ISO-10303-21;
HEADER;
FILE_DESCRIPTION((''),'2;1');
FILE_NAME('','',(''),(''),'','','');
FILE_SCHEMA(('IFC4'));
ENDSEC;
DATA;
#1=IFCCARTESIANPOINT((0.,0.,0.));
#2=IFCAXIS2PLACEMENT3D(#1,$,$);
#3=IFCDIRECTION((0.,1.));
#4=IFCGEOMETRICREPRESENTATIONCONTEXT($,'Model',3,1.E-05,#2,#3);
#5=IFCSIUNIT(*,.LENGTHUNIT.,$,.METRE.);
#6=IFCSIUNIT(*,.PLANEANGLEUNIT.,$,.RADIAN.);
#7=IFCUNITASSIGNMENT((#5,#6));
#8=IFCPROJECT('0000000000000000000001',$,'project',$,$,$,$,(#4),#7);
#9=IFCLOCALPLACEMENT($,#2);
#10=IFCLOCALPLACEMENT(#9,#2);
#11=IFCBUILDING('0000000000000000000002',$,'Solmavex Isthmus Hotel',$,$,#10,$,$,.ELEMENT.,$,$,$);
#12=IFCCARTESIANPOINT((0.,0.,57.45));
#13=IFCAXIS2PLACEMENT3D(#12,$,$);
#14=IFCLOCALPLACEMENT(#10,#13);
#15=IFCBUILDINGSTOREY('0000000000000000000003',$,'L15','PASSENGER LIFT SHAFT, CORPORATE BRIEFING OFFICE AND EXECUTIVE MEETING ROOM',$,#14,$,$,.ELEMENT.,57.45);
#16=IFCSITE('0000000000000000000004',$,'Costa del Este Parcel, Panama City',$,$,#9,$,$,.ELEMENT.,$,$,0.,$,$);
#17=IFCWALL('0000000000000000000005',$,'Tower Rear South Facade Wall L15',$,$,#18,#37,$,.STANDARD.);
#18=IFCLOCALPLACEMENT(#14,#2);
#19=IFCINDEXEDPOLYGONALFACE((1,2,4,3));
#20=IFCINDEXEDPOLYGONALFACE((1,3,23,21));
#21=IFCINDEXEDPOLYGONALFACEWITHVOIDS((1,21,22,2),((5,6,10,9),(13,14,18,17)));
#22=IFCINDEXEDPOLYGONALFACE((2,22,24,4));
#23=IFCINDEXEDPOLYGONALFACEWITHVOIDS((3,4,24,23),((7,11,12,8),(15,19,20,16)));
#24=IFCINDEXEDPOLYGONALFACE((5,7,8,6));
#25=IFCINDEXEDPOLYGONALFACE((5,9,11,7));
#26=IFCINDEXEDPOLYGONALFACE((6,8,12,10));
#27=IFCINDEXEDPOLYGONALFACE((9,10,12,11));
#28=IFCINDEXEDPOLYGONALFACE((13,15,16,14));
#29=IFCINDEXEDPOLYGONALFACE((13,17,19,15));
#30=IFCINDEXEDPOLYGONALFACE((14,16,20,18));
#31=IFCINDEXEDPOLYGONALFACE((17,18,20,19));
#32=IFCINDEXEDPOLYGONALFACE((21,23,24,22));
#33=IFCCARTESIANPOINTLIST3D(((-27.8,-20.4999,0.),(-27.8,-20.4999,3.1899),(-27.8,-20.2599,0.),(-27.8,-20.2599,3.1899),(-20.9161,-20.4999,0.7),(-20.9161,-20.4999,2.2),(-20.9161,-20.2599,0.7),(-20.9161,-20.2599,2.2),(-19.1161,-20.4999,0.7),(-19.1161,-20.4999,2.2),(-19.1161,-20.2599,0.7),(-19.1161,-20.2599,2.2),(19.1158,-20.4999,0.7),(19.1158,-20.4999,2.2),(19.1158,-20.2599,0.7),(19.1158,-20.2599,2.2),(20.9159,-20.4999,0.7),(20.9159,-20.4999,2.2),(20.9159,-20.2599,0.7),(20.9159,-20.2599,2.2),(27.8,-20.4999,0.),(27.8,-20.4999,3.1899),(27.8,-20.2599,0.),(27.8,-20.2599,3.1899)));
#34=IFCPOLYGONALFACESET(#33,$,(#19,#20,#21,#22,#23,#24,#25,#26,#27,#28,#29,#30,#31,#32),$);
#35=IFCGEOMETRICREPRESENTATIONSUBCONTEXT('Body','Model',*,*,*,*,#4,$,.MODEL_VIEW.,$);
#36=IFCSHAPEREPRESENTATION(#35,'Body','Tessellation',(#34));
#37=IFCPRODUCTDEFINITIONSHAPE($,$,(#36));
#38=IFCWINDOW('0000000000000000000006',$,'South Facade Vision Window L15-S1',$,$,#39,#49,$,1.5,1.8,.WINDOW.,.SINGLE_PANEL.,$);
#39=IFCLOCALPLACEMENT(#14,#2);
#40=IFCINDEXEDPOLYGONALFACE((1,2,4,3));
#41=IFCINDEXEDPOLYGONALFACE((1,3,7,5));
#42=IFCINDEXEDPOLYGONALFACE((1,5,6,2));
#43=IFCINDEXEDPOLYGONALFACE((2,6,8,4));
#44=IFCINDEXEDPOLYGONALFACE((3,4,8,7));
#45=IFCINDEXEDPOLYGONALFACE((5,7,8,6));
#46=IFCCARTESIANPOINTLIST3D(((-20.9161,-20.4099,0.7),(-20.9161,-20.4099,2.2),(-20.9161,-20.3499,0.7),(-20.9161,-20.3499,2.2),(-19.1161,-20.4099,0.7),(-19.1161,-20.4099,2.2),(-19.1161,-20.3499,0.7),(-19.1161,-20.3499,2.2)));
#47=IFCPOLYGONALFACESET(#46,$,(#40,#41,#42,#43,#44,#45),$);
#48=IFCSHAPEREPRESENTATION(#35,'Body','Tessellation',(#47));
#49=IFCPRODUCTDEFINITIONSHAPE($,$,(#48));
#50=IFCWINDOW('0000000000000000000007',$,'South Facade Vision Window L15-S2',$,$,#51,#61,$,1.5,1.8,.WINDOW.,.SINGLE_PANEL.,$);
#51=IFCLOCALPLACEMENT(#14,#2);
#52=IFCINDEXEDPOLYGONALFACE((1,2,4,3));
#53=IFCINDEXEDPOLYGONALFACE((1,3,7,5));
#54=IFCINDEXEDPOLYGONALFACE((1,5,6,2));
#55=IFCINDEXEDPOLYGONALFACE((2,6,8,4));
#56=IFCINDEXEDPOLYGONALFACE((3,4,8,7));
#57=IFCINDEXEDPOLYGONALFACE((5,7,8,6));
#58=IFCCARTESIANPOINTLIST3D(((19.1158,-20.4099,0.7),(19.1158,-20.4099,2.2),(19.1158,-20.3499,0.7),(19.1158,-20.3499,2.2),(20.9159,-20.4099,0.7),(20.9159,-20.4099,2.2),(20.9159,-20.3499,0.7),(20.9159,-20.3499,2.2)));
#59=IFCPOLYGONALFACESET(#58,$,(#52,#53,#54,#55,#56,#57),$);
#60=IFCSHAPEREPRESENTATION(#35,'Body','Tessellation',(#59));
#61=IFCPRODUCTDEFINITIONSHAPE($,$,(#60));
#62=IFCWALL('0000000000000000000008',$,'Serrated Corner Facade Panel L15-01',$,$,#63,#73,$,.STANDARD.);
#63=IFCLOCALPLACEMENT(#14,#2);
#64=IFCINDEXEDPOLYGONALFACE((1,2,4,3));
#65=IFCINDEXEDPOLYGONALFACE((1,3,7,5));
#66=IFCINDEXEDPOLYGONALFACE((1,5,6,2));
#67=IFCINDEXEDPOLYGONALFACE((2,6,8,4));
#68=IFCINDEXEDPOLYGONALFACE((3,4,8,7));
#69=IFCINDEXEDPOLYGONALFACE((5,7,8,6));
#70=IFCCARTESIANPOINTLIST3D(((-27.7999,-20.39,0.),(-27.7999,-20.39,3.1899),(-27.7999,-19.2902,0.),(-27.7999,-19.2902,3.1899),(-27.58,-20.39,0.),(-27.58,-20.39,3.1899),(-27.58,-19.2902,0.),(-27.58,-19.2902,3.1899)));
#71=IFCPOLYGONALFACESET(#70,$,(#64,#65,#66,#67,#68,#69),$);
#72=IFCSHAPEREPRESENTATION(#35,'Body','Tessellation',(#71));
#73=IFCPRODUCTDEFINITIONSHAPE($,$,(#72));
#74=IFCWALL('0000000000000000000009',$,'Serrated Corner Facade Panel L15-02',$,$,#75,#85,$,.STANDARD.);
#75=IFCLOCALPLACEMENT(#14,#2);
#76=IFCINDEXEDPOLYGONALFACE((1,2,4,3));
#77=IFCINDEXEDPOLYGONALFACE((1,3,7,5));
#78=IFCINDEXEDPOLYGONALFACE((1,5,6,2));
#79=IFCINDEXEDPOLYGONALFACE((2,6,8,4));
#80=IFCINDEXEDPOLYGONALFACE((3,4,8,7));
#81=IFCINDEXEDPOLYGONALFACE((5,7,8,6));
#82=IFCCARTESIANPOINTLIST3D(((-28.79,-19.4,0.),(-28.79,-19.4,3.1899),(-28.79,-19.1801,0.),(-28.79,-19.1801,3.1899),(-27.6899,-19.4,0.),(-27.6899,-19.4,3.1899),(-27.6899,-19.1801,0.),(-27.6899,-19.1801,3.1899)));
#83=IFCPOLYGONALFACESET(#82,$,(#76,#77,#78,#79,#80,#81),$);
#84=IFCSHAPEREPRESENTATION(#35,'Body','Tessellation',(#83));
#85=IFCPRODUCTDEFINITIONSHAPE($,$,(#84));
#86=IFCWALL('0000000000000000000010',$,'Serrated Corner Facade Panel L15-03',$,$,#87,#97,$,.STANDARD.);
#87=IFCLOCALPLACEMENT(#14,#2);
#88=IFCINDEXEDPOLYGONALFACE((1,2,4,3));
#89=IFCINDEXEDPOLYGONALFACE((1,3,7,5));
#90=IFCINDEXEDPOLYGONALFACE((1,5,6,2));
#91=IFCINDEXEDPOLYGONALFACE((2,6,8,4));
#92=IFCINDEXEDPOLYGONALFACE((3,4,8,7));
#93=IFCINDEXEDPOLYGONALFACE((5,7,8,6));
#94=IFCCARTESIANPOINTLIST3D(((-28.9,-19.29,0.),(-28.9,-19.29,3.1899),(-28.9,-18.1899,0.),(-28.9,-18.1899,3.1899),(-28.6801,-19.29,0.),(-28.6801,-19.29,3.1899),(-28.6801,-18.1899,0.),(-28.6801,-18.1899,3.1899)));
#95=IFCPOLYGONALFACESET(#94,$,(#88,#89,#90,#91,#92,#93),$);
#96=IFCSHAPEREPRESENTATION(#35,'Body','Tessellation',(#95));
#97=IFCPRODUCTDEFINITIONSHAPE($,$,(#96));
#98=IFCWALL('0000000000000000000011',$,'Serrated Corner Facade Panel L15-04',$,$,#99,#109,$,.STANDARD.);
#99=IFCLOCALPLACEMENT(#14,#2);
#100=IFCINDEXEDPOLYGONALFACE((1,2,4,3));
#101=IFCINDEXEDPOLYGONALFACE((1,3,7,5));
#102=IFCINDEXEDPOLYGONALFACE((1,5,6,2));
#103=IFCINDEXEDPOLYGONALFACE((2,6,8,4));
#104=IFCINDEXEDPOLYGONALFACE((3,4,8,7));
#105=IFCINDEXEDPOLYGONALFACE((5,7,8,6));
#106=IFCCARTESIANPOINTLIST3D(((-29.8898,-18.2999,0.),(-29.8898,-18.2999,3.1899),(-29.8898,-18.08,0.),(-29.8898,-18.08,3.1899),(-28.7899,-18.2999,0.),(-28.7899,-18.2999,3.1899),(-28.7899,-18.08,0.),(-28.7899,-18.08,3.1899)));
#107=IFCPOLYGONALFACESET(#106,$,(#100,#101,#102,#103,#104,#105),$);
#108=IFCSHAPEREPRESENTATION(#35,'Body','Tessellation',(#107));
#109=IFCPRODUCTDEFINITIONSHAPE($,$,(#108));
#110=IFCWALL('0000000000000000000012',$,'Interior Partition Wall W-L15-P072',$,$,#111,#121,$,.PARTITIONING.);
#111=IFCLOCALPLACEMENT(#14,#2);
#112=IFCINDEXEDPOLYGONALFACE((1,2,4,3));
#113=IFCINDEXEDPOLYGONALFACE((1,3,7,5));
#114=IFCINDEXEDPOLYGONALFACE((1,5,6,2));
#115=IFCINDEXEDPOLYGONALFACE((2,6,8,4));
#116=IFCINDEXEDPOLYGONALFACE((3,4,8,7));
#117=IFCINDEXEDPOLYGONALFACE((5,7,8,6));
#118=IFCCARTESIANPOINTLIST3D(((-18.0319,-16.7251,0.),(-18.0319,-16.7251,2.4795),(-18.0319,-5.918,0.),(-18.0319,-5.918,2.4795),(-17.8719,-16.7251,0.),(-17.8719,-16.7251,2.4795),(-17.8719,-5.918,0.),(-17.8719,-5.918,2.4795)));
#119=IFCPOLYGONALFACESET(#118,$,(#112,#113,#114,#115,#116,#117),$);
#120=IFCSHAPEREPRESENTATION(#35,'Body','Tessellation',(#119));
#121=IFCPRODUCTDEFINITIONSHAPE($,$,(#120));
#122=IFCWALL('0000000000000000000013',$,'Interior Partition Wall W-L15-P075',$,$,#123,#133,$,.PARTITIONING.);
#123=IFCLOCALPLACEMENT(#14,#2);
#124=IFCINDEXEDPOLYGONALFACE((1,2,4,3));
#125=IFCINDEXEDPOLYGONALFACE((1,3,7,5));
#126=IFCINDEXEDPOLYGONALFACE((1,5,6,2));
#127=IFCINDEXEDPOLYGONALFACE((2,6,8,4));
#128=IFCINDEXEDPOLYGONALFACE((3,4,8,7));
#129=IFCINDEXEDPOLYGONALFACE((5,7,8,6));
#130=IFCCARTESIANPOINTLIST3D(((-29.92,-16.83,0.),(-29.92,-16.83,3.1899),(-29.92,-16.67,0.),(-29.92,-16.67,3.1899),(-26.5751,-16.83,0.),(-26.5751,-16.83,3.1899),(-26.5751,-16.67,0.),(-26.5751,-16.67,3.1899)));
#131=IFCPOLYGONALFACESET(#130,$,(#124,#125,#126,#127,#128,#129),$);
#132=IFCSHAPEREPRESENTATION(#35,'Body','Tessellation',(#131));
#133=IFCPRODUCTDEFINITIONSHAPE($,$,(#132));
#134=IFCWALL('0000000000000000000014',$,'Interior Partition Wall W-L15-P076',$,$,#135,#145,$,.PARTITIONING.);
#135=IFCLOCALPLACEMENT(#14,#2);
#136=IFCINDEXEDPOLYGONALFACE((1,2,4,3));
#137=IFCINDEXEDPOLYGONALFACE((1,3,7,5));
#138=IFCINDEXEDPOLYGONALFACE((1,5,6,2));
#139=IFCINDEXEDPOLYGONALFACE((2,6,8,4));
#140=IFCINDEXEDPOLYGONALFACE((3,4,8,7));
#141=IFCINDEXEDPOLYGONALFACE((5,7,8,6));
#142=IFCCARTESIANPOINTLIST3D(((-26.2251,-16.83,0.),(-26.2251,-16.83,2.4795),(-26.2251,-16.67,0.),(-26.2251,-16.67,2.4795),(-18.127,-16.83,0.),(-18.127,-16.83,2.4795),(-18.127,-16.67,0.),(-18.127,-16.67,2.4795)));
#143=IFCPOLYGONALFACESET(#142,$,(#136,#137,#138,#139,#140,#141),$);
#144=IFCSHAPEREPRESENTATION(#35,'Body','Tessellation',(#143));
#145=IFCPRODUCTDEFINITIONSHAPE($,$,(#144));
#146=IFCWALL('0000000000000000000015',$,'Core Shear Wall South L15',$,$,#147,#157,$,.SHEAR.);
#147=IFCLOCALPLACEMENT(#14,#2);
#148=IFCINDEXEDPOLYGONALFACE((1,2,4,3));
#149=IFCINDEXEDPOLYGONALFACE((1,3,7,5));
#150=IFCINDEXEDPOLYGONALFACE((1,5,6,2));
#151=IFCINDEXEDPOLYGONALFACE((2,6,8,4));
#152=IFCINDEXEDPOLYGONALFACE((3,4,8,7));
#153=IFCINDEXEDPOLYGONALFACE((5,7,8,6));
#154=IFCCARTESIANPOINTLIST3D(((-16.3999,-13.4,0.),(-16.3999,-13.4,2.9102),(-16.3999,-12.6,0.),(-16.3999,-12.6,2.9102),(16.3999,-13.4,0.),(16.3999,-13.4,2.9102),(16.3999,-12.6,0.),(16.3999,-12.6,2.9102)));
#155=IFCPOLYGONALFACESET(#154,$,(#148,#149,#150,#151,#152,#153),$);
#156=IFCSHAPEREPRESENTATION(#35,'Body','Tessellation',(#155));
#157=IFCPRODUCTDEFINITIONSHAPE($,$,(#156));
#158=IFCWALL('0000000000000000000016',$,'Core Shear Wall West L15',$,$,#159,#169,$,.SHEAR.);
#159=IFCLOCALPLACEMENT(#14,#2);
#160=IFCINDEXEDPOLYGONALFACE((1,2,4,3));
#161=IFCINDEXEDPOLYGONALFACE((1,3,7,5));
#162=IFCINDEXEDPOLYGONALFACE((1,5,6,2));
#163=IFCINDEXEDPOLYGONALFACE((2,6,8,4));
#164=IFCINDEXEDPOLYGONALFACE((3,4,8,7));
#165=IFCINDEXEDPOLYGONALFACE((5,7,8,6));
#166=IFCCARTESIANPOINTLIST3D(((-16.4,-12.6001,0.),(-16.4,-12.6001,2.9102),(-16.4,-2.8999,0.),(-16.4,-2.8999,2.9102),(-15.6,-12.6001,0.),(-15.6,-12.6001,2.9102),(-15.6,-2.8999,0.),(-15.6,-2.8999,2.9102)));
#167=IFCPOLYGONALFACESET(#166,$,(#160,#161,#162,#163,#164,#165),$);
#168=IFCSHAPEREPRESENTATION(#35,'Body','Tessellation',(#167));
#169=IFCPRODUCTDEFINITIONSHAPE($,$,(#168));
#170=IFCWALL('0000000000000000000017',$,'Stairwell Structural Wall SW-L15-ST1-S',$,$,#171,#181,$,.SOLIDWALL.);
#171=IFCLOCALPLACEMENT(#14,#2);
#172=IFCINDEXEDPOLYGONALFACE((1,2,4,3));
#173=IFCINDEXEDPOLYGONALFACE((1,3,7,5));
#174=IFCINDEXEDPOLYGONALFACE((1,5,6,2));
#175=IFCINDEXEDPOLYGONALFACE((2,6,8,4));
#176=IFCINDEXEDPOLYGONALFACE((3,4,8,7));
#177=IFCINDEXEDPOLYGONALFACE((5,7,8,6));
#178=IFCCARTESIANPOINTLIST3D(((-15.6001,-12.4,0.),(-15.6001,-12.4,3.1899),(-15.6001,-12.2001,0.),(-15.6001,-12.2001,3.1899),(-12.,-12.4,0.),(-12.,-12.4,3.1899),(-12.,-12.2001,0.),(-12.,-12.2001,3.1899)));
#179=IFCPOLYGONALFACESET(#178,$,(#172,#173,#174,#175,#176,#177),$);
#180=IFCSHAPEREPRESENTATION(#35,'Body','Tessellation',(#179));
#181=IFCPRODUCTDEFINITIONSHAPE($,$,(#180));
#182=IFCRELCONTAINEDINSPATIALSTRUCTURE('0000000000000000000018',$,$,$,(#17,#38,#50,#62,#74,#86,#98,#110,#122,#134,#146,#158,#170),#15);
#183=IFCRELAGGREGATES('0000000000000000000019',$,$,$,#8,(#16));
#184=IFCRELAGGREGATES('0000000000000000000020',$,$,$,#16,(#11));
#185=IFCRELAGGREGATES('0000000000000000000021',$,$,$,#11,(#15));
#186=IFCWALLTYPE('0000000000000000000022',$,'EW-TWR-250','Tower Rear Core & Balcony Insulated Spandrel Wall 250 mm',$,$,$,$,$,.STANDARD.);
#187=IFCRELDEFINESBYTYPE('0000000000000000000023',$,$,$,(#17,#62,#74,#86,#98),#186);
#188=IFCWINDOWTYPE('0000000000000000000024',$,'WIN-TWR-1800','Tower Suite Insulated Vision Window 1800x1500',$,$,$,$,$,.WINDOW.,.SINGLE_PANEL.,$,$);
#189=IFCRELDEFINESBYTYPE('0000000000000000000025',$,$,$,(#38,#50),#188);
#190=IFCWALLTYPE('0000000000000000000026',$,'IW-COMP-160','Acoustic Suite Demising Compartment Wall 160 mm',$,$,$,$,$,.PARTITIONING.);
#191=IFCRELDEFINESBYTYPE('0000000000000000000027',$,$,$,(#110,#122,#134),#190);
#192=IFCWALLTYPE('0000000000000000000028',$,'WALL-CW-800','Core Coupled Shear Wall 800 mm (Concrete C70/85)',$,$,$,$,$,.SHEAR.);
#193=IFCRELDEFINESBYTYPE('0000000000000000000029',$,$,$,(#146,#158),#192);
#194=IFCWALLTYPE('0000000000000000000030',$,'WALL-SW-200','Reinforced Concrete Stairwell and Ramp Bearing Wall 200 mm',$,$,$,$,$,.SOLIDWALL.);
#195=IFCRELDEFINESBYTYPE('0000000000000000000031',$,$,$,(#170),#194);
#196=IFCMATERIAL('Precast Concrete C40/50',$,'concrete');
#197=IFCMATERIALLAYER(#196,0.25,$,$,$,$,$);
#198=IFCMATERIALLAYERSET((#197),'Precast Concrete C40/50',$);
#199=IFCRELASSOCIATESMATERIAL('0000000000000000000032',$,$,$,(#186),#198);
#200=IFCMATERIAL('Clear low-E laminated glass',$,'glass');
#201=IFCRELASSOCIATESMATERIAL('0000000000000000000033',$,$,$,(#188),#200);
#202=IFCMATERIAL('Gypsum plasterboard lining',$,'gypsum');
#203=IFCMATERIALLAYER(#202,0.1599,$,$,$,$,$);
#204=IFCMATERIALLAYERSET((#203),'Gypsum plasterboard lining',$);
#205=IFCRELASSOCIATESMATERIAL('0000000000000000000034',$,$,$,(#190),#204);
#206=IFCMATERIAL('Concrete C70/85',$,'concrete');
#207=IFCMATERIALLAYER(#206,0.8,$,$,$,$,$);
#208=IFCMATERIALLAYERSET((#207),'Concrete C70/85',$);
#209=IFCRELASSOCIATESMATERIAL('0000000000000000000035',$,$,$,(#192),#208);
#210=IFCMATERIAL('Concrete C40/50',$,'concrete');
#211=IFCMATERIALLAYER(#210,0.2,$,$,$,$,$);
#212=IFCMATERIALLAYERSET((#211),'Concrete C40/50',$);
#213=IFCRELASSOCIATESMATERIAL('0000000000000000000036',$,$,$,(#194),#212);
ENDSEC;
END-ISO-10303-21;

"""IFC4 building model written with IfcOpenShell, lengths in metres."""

from ifc_helpers import new_model, si_unit, direction, frame, frame_2d, origin, place, context, subcontext, project, spatial, rectangle, extrude, material, layer, layer_set, type_object, element, fill, save


model = new_model("IFC4")

# Units and contexts
model_context = context("Model", 3, precision=1e-05, world=origin(), true_north=direction((0.0, 1.0)))
body_context = subcontext(model_context, "Body", "Model", "MODEL_VIEW")
ifc_project = project(units=[si_unit("LENGTHUNIT", "METRE"), si_unit("PLANEANGLEUNIT", "RADIAN")], contexts=[model_context])

# Site, building, storey
site_placement = place(None, origin())
site = spatial("IfcSite", under=ifc_project, at=site_placement, Name="Costa del Este Parcel, Panama City", CompositionType="ELEMENT", RefElevation=0.0)
building_placement = place(site_placement, origin())
building = spatial("IfcBuilding", under=site, at=building_placement, Name="Solmavex Isthmus Hotel", CompositionType="ELEMENT")
storey_placement = place(building_placement, frame((0.0, 0.0, 57.45)))
storey = spatial("IfcBuildingStorey", under=building, at=storey_placement, Name="L15", Description="PASSENGER LIFT SHAFT, CORPORATE BRIEFING OFFICE AND EXECUTIVE MEETING ROOM", CompositionType="ELEMENT", Elevation=57.45)

# Shared definitions
ifc_material_1 = material(Name="Concrete C70/85", Category="concrete")

# Shared definitions
ifc_material_2 = material(Name="Clear low-E laminated glass", Category="glass")

# Wall, openings, windows
ifc_material_3 = material(Name="Precast Concrete C40/50", Category="concrete")
ifc_layer_1 = layer(ifc_material_3, 0.25)
ifc_layer_set_1 = layer_set([ifc_layer_1], Name="Precast Concrete C40/50")
wall_type_1 = type_object("IfcWallType", Name="EW-TWR-250", Description="Tower Rear Core & Balcony Insulated Spandrel Wall 250 mm", PredefinedType="STANDARD", material=ifc_layer_set_1)
wall_1_placement = place(storey_placement, frame((-27.8, -20.3799, 0.0), z_axis=(0.0, 0.0, 1.0), x_axis=(1.0, 0.0, 0.0)))
wall_1 = element("IfcWall", 1, at=wall_1_placement, inside=storey, type_object=wall_type_1, Name="Tower Rear South Facade Wall L15", PredefinedType="STANDARD", context=body_context, shape_type="SweptSolid", body=[
    extrude(rectangle(XDim=55.6001, YDim=0.24, at=frame_2d((27.8, 0.0))), origin(), (0.0, 0.0, 1.0), 3.1899),
])
opening_1_placement = place(wall_1_placement, frame((6.884, 0.0, 0.7)))
opening_1 = element("IfcOpeningElement", 2, at=opening_1_placement, cuts=wall_1, PredefinedType="OPENING", context=body_context, shape_type="SweptSolid", body=[
    extrude(rectangle(XDim=1.8, YDim=1.5, at=frame_2d((0.8999, 0.75))), frame((0.0, 0.1299, 0.0), z_axis=(0.0, -1.0, 0.0), x_axis=(1.0, 0.0, 0.0)), (0.0, 0.0, 1.0), 0.26),
])
opening_2_placement = place(wall_1_placement, frame((46.916, 0.0, 0.7)))
opening_2 = element("IfcOpeningElement", 3, at=opening_2_placement, cuts=wall_1, PredefinedType="OPENING", context=body_context, shape_type="SweptSolid", body=[
    extrude(rectangle(XDim=1.8, YDim=1.5, at=frame_2d((0.8999, 0.75))), frame((0.0, 0.1299, 0.0), z_axis=(0.0, -1.0, 0.0), x_axis=(1.0, 0.0, 0.0)), (0.0, 0.0, 1.0), 0.26),
])
window_type = type_object("IfcWindowType", Name="WIN-TWR-1800", Description="Tower Suite Insulated Vision Window 1800x1500", PartitioningType="SINGLE_PANEL", PredefinedType="WINDOW", material=ifc_material_2)
window_1_placement = place(opening_1_placement, origin())
window_1 = element("IfcWindow", 4, at=window_1_placement, inside=storey, type_object=window_type, Name="South Facade Vision Window L15-S1", OverallHeight=1.5, OverallWidth=1.8, PartitioningType="SINGLE_PANEL", PredefinedType="WINDOW", context=body_context, shape_type="SweptSolid", body=[
    extrude(rectangle(XDim=1.8, YDim=1.5, at=frame_2d((0.8999, 0.75))), frame((0.0, 0.03, 0.0), z_axis=(0.0, -1.0, 0.0), x_axis=(1.0, 0.0, 0.0)), (0.0, 0.0, 1.0), 0.0601),
])
fill(opening_1, window_1)
window_2_placement = place(opening_2_placement, origin())
window_2 = element("IfcWindow", 5, at=window_2_placement, inside=storey, type_object=window_type, Name="South Facade Vision Window L15-S2", OverallHeight=1.5, OverallWidth=1.8, PartitioningType="SINGLE_PANEL", PredefinedType="WINDOW", context=body_context, shape_type="SweptSolid", body=[
    extrude(rectangle(XDim=1.8, YDim=1.5, at=frame_2d((0.8999, 0.75))), frame((0.0, 0.03, 0.0), z_axis=(0.0, -1.0, 0.0), x_axis=(1.0, 0.0, 0.0)), (0.0, 0.0, 1.0), 0.0601),
])
fill(opening_2, window_2)

# Walls
wall_2_placement = place(storey_placement, frame((-27.6899, -20.3899, 0.0), z_axis=(0.0, 0.0, 1.0), x_axis=(0.0, 1.0, 0.0)))
element("IfcWall", 6, at=wall_2_placement, inside=storey, type_object=wall_type_1, Name="Serrated Corner Facade Panel L15-01", PredefinedType="STANDARD", context=body_context, shape_type="SweptSolid", body=[
    extrude(rectangle(XDim=1.0999, YDim=0.22, at=frame_2d((0.5498, 0.0))), origin(), (0.0, 0.0, 1.0), 3.1899),
])
for number, where, z_axis, x_axis, name in (
    (7, (-27.6899, -19.29, 0.0), (0.0, 0.0, 1.0), (-1.0, 0.0, 0.0), "Serrated Corner Facade Panel L15-02"),
    (8, (-28.79, -19.29, 0.0), (0.0, 0.0, 1.0), (0.0, 1.0, 0.0), "Serrated Corner Facade Panel L15-03"),
):
    element("IfcWall", number, at=place(storey_placement, frame(where, z_axis=z_axis, x_axis=x_axis)), inside=storey, type_object=wall_type_1, Name=name, PredefinedType="STANDARD", context=body_context, shape_type="SweptSolid", body=[
        extrude(rectangle(XDim=1.1001, YDim=0.22, at=frame_2d((0.55, 0.0))), origin(), (0.0, 0.0, 1.0), 3.1899),
    ])
wall_3_placement = place(storey_placement, frame((-28.79, -18.1899, 0.0), z_axis=(0.0, 0.0, 1.0), x_axis=(-1.0, 0.0, 0.0)))
element("IfcWall", 9, at=wall_3_placement, inside=storey, type_object=wall_type_1, Name="Serrated Corner Facade Panel L15-04", PredefinedType="STANDARD", context=body_context, shape_type="SweptSolid", body=[
    extrude(rectangle(XDim=1.0999, YDim=0.22, at=frame_2d((0.5498, 0.0))), origin(), (0.0, 0.0, 1.0), 3.1899),
])
ifc_material_4 = material(Name="Gypsum plasterboard lining", Category="gypsum")
ifc_layer_2 = layer(ifc_material_4, 0.1599)
ifc_layer_set_2 = layer_set([ifc_layer_2], Name="Gypsum plasterboard lining")
wall_type_2 = type_object("IfcWallType", Name="IW-COMP-160", Description="Acoustic Suite Demising Compartment Wall 160 mm", PredefinedType="PARTITIONING", material=ifc_layer_set_2)
wall_4_placement = place(storey_placement, frame((-17.9519, -16.7251, 0.0), z_axis=(0.0, 0.0, 1.0), x_axis=(0.0, 1.0, 0.0)))
element("IfcWall", 10, at=wall_4_placement, inside=storey, type_object=wall_type_2, Name="Interior Partition Wall W-L15-P072", PredefinedType="PARTITIONING", context=body_context, shape_type="SweptSolid", body=[
    extrude(rectangle(XDim=10.8071, YDim=0.1599, at=frame_2d((5.4036, 0.0))), origin(), (0.0, 0.0, 1.0), 2.4795),
])
wall_5_placement = place(storey_placement, frame((-29.9199, -16.75, 0.0), z_axis=(0.0, 0.0, 1.0), x_axis=(1.0, 0.0, 0.0)))
element("IfcWall", 11, at=wall_5_placement, inside=storey, type_object=wall_type_2, Name="Interior Partition Wall W-L15-P075", PredefinedType="PARTITIONING", context=body_context, shape_type="SweptSolid", body=[
    extrude(rectangle(XDim=3.345, YDim=0.1599, at=frame_2d((1.6724, 0.0))), origin(), (0.0, 0.0, 1.0), 3.1899),
])
wall_6_placement = place(storey_placement, frame((-26.2251, -16.75, 0.0), z_axis=(0.0, 0.0, 1.0), x_axis=(1.0, 0.0, 0.0)))
element("IfcWall", 12, at=wall_6_placement, inside=storey, type_object=wall_type_2, Name="Interior Partition Wall W-L15-P076", PredefinedType="PARTITIONING", context=body_context, shape_type="SweptSolid", body=[
    extrude(rectangle(XDim=8.0981, YDim=0.1599, at=frame_2d((4.0491, 0.0))), origin(), (0.0, 0.0, 1.0), 2.4795),
])
ifc_layer_3 = layer(ifc_material_1, 0.8)
ifc_layer_set_3 = layer_set([ifc_layer_3], Name="Concrete C70/85")
wall_type_3 = type_object("IfcWallType", Name="WALL-CW-800", Description="Core Coupled Shear Wall 800 mm (Concrete C70/85)", PredefinedType="SHEAR", material=ifc_layer_set_3)
wall_7_placement = place(storey_placement, frame((-16.3999, -13.0, 0.0), z_axis=(0.0, 0.0, 1.0), x_axis=(1.0, 0.0, 0.0)))
element("IfcWall", 13, at=wall_7_placement, inside=storey, type_object=wall_type_3, Name="Core Shear Wall South L15", PredefinedType="SHEAR", context=body_context, shape_type="SweptSolid", body=[
    extrude(rectangle(XDim=32.7998, YDim=0.8, at=frame_2d((16.3999, 0.0))), origin(), (0.0, 0.0, 1.0), 2.9102),
])
wall_8_placement = place(storey_placement, frame((-16.0, -12.6001, 0.0), z_axis=(0.0, 0.0, 1.0), x_axis=(0.0, 1.0, 0.0)))
element("IfcWall", 14, at=wall_8_placement, inside=storey, type_object=wall_type_3, Name="Core Shear Wall West L15", PredefinedType="SHEAR", context=body_context, shape_type="SweptSolid", body=[
    extrude(rectangle(XDim=9.7002, YDim=0.8, at=frame_2d((4.8501, 0.0))), origin(), (0.0, 0.0, 1.0), 2.9102),
])
ifc_material_5 = material(Name="Concrete C40/50", Category="concrete")
ifc_layer_4 = layer(ifc_material_5, 0.2)
ifc_layer_set_4 = layer_set([ifc_layer_4], Name="Concrete C40/50")
wall_type_4 = type_object("IfcWallType", Name="WALL-SW-200", Description="Reinforced Concrete Stairwell and Ramp Bearing Wall 200 mm", PredefinedType="SOLIDWALL", material=ifc_layer_set_4)
wall_9_placement = place(storey_placement, frame((-15.6001, -12.3, 0.0), z_axis=(0.0, 0.0, 1.0), x_axis=(1.0, 0.0, 0.0)))
element("IfcWall", 15, at=wall_9_placement, inside=storey, type_object=wall_type_4, Name="Stairwell Structural Wall SW-L15-ST1-S", PredefinedType="SOLIDWALL", context=body_context, shape_type="SweptSolid", body=[
    extrude(rectangle(XDim=3.6001, YDim=0.2, at=frame_2d((1.8, 0.0))), origin(), (0.0, 0.0, 1.0), 3.1899),
])

save(model, "model.ifc")
